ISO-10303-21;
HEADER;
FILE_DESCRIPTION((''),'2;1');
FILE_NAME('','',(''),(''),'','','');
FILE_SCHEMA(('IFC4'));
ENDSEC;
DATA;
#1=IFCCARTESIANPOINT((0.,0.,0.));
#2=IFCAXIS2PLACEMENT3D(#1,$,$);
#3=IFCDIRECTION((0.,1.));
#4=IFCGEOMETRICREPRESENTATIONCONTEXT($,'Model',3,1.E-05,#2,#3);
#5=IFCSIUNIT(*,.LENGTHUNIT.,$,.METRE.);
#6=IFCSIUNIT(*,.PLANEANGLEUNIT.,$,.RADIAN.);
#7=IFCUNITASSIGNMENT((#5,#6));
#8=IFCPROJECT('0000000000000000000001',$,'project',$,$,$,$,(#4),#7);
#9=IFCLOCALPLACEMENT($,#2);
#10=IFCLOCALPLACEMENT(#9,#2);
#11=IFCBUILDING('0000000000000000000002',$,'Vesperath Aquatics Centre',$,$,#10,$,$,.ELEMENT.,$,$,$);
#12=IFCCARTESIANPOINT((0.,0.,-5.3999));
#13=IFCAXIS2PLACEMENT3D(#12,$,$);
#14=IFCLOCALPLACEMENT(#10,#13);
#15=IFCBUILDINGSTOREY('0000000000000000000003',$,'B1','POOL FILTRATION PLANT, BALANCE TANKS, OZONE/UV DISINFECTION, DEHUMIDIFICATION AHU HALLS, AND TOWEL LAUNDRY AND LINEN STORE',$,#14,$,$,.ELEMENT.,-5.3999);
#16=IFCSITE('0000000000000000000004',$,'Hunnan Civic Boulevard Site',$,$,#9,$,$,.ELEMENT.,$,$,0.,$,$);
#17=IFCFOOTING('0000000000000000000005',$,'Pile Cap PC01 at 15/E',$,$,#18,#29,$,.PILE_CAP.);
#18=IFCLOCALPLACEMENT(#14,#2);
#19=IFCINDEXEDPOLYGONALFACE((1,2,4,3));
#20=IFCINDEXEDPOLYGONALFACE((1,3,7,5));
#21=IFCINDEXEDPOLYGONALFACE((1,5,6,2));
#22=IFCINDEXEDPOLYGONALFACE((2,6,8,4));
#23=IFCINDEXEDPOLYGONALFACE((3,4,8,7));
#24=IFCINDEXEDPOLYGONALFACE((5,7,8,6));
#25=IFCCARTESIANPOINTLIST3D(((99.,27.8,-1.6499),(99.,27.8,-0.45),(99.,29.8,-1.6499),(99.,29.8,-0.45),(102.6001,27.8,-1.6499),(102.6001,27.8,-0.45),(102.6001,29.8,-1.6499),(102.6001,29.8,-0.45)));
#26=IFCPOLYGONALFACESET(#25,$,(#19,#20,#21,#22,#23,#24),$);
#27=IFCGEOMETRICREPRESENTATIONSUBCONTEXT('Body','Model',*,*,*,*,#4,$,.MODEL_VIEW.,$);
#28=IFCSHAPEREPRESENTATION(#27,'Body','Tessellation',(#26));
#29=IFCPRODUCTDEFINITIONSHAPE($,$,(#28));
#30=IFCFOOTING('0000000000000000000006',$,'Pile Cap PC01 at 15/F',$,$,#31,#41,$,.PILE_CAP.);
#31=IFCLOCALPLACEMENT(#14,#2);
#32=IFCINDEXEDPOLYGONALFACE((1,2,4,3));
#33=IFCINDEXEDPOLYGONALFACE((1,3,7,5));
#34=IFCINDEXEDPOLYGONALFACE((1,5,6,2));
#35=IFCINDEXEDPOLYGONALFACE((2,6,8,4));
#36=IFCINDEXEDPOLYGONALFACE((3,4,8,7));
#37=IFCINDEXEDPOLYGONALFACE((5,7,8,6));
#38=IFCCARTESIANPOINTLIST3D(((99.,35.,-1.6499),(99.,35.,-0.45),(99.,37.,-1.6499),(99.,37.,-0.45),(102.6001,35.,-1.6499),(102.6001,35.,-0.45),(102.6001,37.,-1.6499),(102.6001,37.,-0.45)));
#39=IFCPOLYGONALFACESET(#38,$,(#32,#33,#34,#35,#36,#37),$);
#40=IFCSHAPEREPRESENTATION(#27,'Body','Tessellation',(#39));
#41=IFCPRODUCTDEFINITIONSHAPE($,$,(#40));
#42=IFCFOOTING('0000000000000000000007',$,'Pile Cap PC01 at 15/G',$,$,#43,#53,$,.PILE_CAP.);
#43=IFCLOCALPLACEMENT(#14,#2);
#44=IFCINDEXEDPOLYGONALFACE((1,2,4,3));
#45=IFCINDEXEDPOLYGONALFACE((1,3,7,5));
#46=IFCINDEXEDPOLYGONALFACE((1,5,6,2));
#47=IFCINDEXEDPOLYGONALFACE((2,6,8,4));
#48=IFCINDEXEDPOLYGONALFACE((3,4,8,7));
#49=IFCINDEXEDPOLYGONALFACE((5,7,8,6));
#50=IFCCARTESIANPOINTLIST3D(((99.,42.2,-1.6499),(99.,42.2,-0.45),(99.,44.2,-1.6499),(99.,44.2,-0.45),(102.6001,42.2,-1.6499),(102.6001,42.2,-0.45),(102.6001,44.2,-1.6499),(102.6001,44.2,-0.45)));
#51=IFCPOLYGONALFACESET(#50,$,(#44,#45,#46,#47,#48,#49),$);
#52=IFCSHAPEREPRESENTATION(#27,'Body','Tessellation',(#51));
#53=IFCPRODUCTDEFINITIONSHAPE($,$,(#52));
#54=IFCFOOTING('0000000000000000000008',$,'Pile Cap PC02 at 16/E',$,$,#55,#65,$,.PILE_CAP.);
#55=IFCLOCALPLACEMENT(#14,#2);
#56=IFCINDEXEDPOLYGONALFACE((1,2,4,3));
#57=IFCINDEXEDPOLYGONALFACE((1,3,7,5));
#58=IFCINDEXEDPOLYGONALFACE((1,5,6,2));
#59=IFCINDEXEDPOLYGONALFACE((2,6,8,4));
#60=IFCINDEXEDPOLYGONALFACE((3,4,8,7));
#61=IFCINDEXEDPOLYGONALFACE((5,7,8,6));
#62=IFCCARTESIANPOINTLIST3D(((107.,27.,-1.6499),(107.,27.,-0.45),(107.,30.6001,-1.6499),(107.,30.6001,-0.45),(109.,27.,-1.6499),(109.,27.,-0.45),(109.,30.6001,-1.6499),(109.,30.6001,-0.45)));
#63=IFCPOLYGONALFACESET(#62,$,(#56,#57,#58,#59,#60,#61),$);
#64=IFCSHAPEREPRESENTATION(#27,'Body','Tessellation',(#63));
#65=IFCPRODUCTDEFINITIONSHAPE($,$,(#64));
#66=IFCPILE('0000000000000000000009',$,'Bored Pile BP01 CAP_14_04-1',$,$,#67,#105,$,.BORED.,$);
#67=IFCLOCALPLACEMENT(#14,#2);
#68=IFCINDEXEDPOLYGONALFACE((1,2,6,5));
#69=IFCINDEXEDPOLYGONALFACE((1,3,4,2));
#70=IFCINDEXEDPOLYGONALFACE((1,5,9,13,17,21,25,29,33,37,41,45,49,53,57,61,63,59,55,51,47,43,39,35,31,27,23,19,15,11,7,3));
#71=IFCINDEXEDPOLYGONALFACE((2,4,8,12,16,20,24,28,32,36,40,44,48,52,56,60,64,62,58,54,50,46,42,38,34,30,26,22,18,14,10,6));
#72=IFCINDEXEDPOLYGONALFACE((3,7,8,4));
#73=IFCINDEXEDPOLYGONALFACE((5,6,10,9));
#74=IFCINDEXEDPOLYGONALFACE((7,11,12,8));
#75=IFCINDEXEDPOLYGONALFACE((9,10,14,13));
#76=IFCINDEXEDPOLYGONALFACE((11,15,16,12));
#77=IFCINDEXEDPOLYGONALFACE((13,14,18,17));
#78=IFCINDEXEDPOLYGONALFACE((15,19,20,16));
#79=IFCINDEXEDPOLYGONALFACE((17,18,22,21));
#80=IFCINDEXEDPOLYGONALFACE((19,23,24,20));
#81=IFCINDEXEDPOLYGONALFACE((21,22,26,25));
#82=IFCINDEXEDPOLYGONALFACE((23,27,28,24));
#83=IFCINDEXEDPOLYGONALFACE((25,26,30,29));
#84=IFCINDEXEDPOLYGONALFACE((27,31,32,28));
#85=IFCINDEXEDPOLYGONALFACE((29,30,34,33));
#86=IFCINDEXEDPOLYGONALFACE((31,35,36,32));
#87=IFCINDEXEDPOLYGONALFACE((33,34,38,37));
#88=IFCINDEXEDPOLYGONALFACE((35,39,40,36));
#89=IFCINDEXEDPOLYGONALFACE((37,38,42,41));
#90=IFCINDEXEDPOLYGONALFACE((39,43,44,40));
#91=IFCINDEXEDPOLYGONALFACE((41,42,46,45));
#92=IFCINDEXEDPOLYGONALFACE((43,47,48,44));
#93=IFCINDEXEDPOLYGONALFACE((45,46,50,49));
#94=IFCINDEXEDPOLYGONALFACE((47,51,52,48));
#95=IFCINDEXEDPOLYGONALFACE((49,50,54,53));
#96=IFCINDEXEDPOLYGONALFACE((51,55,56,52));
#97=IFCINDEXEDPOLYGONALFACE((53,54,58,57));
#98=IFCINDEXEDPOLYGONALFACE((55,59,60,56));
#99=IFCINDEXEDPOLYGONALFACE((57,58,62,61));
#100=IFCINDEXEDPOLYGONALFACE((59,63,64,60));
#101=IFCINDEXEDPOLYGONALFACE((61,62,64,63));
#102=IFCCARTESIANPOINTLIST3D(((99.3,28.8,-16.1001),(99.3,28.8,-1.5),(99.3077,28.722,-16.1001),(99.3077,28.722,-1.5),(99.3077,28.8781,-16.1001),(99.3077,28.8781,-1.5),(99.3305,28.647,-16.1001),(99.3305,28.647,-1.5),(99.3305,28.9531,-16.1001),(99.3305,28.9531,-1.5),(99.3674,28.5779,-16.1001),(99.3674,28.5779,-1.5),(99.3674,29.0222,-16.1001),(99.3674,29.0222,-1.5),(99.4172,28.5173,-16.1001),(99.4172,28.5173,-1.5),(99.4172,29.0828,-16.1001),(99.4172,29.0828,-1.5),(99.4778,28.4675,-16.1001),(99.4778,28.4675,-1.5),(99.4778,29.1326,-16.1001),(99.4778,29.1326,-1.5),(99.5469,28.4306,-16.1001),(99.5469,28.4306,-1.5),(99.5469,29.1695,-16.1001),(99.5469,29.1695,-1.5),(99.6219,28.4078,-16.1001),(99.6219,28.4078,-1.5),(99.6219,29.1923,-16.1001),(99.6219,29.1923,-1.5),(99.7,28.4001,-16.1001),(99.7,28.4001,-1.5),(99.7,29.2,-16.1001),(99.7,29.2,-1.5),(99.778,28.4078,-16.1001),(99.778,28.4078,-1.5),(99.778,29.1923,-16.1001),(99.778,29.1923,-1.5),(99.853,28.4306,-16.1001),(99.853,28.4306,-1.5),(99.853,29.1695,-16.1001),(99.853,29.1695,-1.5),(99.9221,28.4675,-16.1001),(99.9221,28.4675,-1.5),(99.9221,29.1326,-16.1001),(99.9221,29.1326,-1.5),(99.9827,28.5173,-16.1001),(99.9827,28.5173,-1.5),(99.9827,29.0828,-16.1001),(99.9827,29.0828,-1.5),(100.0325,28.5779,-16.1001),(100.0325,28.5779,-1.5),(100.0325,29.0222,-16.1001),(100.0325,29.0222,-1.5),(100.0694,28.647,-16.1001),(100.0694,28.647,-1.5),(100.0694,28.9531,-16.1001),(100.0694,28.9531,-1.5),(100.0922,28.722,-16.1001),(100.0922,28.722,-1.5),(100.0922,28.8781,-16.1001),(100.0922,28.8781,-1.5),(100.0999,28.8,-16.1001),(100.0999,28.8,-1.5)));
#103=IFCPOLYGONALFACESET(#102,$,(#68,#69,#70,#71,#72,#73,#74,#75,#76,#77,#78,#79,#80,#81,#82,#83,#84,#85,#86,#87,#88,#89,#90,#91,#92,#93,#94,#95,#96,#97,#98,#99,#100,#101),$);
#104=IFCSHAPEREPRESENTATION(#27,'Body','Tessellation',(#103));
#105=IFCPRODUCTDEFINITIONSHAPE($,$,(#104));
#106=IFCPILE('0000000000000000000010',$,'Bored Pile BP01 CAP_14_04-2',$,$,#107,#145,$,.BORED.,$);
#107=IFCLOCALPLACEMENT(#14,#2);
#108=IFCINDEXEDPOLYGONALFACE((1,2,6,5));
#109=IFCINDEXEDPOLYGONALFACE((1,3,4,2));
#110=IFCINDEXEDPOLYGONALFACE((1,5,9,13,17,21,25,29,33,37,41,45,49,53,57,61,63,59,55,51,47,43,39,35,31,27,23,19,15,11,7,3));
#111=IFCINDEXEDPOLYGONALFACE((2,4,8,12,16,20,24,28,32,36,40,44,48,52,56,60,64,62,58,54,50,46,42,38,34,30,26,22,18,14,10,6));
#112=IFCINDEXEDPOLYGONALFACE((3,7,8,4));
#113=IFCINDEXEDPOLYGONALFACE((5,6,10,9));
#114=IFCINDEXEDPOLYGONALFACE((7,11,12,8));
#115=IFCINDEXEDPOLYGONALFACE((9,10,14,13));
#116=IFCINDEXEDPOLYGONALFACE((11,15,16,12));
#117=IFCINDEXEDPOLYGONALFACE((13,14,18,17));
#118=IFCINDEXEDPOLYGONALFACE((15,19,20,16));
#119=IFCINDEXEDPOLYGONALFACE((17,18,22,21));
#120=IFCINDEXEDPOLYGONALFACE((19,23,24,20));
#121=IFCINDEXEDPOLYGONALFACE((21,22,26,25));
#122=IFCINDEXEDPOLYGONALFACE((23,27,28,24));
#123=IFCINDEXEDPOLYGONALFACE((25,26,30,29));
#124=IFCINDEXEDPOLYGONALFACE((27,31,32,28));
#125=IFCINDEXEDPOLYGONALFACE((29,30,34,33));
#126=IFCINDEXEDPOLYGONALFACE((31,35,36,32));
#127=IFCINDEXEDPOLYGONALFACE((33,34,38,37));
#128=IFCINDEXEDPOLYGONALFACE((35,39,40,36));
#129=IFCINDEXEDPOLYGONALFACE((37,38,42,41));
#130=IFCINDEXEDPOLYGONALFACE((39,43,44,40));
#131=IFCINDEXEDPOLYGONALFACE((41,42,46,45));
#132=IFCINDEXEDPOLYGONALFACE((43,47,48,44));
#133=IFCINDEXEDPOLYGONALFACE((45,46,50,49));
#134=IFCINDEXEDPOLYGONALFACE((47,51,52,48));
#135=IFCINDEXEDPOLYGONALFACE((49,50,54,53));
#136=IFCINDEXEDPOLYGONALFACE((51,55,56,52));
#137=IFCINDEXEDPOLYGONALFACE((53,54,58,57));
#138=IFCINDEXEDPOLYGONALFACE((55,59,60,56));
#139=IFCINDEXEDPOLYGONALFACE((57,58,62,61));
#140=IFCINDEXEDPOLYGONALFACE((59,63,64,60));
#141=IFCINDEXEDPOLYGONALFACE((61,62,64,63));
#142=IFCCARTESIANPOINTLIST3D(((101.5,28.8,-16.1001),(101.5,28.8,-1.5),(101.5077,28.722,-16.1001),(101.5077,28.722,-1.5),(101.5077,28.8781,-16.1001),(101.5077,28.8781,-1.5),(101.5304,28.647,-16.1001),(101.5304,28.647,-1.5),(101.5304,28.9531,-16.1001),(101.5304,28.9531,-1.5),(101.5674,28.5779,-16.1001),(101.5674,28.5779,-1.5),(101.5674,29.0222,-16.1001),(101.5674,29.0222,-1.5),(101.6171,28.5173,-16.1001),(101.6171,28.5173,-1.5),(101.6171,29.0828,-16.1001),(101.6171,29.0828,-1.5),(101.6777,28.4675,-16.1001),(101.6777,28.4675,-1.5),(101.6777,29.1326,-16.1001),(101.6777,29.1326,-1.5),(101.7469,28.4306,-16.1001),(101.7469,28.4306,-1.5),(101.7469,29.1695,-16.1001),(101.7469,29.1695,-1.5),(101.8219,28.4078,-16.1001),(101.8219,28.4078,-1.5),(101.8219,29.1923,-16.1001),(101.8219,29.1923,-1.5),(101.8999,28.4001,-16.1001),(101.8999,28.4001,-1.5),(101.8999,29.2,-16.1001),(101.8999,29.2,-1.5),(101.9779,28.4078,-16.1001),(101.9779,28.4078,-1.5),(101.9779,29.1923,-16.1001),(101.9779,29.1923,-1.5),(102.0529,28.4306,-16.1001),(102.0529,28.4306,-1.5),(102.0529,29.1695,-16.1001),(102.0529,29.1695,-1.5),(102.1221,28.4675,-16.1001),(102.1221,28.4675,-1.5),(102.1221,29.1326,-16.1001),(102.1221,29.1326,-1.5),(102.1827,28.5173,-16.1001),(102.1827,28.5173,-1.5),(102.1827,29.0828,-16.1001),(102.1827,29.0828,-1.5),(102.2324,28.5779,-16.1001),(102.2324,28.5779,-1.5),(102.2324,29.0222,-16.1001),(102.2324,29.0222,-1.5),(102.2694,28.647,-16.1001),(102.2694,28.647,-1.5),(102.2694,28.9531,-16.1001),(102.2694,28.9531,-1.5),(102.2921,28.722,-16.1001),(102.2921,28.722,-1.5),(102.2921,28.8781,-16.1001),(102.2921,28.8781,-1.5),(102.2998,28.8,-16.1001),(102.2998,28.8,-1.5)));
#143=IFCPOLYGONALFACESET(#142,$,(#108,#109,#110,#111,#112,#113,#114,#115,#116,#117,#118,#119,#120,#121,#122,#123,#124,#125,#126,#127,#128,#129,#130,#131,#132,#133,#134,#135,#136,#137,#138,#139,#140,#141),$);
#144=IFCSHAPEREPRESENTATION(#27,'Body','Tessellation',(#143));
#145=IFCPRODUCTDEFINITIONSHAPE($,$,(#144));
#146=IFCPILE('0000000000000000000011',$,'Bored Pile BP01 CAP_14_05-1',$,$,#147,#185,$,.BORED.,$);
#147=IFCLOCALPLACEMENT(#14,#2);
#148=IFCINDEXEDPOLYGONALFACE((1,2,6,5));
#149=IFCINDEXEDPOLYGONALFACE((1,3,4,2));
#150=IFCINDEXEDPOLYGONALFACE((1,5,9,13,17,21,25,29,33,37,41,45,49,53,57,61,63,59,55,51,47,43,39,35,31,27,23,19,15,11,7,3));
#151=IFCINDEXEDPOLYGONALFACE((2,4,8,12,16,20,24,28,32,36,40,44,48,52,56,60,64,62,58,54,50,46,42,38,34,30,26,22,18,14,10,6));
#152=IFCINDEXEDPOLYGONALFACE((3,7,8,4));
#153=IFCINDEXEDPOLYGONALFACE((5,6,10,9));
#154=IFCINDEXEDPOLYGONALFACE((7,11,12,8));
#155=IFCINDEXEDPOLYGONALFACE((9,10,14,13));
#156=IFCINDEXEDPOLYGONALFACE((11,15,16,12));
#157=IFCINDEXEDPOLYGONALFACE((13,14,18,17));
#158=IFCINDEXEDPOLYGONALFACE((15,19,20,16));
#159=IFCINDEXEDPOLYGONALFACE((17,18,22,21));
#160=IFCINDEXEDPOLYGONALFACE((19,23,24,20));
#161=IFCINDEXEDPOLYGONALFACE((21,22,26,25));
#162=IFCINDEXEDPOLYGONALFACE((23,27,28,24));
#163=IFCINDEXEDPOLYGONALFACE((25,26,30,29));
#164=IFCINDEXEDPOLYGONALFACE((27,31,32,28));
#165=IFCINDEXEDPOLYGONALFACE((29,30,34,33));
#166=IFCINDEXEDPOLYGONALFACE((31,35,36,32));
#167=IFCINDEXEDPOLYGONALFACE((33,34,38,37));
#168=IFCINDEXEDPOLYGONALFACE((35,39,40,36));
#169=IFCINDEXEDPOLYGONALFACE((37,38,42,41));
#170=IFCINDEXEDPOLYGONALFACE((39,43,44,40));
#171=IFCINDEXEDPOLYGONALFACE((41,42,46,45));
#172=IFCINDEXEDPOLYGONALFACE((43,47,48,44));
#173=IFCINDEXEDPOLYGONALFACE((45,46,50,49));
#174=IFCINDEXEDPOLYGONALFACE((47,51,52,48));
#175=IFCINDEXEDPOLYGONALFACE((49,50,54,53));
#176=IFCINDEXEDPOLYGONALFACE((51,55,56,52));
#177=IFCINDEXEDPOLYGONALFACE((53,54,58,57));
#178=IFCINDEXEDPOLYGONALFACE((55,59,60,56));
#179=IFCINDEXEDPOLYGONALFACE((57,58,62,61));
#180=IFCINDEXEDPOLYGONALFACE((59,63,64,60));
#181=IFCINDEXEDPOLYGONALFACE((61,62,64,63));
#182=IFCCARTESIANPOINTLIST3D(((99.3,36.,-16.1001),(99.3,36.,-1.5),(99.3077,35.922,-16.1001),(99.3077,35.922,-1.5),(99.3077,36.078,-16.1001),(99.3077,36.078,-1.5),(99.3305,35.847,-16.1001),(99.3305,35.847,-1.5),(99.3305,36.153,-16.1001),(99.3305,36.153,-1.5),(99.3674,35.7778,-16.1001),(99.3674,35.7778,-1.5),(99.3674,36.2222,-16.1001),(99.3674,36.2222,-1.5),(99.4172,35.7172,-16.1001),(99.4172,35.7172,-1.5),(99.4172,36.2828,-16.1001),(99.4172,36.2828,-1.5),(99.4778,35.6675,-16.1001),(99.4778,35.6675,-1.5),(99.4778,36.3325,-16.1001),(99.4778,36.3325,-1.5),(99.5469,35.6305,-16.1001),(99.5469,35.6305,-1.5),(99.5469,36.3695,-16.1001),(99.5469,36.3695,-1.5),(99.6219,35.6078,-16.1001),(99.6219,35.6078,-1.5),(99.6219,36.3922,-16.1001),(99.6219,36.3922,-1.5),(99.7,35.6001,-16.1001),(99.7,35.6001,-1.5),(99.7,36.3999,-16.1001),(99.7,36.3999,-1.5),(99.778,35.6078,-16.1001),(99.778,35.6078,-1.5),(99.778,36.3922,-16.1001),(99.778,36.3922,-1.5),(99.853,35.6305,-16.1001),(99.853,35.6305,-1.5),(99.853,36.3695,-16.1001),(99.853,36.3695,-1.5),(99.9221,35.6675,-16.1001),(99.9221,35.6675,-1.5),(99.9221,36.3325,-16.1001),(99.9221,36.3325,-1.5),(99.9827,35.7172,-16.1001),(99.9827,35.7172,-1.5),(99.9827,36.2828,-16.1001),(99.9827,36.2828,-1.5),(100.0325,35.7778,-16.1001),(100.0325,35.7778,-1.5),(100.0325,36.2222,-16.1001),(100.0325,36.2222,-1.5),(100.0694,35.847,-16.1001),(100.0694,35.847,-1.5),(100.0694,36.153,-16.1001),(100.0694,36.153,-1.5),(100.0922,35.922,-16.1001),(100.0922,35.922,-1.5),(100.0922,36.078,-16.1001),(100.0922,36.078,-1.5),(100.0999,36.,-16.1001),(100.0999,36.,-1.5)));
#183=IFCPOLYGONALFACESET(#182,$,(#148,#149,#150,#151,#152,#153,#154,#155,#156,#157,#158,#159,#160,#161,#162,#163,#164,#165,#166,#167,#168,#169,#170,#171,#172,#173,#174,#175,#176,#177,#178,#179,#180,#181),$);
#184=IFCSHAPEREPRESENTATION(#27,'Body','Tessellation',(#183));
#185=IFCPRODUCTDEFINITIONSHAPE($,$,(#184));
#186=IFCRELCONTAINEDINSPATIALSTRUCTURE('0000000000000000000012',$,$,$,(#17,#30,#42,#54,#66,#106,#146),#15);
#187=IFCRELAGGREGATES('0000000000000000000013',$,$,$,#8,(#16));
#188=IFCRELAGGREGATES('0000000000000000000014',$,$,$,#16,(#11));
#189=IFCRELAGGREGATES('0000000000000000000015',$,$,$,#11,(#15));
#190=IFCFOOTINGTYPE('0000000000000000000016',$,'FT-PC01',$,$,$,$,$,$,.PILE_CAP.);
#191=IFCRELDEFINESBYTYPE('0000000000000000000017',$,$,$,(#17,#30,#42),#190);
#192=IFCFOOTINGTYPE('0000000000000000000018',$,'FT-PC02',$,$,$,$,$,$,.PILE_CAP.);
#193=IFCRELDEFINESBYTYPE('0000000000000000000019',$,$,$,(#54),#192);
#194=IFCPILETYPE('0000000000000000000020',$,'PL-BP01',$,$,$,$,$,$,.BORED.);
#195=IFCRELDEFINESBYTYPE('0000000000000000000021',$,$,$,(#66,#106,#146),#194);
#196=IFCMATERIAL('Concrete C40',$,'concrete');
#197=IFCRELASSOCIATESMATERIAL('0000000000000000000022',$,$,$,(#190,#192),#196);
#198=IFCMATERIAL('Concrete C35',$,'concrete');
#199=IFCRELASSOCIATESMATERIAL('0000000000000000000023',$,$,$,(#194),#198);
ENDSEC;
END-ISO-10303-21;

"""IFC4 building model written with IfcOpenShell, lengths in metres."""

from ifc_helpers import new_model, si_unit, direction, frame, origin, origin_2d, place, context, subcontext, project, spatial, rectangle, circle, extrude, material, material_profile, profile_set, type_object, element, save


model = new_model("IFC4")

# Units and contexts
model_context = context("Model", 3, precision=1e-05, world=origin(), true_north=direction((0.0, 1.0)))
body_context = subcontext(model_context, "Body", "Model", "MODEL_VIEW")
ifc_project = project(units=[si_unit("LENGTHUNIT", "METRE"), si_unit("PLANEANGLEUNIT", "RADIAN")], contexts=[model_context])

# Site, building, storey
site_placement = place(None, origin())
site = spatial("IfcSite", under=ifc_project, at=site_placement, Name="Hunnan Civic Boulevard Site", CompositionType="ELEMENT", RefElevation=0.0)
building_placement = place(site_placement, origin())
building = spatial("IfcBuilding", under=site, at=building_placement, Name="Vesperath Aquatics Centre", CompositionType="ELEMENT")
storey_placement = place(building_placement, frame((0.0, 0.0, -5.3999)))
storey = spatial("IfcBuildingStorey", under=building, at=storey_placement, Name="B1", Description="POOL FILTRATION PLANT, BALANCE TANKS, OZONE/UV DISINFECTION, DEHUMIDIFICATION AHU HALLS, AND TOWEL LAUNDRY AND LINEN STORE", CompositionType="ELEMENT", Elevation=-5.3999)

# Footings
ifc_material_1 = material(Name="Concrete C40", Category="concrete")
footing_type_1 = type_object("IfcFootingType", Name="FT-PC01", PredefinedType="PILE_CAP", material=ifc_material_1)
for number, where, z_axis, x_axis, name in (
    (1, (100.8, 28.8, -1.6499), (0.0, 0.0, 1.0), (1.0, 0.0, 0.0), "Pile Cap PC01 at 15/E"),
    (2, (100.8, 36.0, -1.6499), (0.0, 0.0, 1.0), (1.0, 0.0, 0.0), "Pile Cap PC01 at 15/F"),
    (3, (100.8, 43.2, -1.6499), (0.0, 0.0, 1.0), (1.0, 0.0, 0.0), "Pile Cap PC01 at 15/G"),
):
    element("IfcFooting", number, at=place(storey_placement, frame(where, z_axis=z_axis, x_axis=x_axis)), inside=storey, type_object=footing_type_1, Name=name, PredefinedType="PILE_CAP", context=body_context, shape_type="SweptSolid", body=[
        extrude(rectangle(XDim=3.6001, YDim=2.0, at=origin_2d()), origin(), (0.0, 0.0, 1.0), 1.2),
    ])
footing_type_2 = type_object("IfcFootingType", Name="FT-PC02", PredefinedType="PILE_CAP", material=ifc_material_1)
footing_placement = place(storey_placement, frame((108.0, 28.8, -1.6499), z_axis=(0.0, 0.0, 1.0), x_axis=(1.0, 0.0, 0.0)))
element("IfcFooting", 4, at=footing_placement, inside=storey, type_object=footing_type_2, Name="Pile Cap PC02 at 16/E", PredefinedType="PILE_CAP", context=body_context, shape_type="SweptSolid", body=[
    extrude(rectangle(XDim=2.0, YDim=3.6001, at=origin_2d()), origin(), (0.0, 0.0, 1.0), 1.2),
])

# Piles
ifc_material_2 = material(Name="Concrete C35", Category="concrete")
ifc_material_profile_1 = material_profile(ifc_material_2, circle(Radius=0.3999, at=origin_2d()), Name="PILE D800")
ifc_profile_set_1 = profile_set([ifc_material_profile_1], Name="Concrete C35")
pile_type = type_object("IfcPileType", Name="PL-BP01", PredefinedType="BORED", material=ifc_profile_set_1)
for number, where, z_axis, x_axis, name in (
    (5, (99.7, 28.8, -1.5), (0.0, 0.0, -1.0), (1.0, 0.0, 0.0), "Bored Pile BP01 CAP_14_04-1"),
    (6, (101.8999, 28.8, -1.5), (0.0, 0.0, -1.0), (1.0, 0.0, 0.0), "Bored Pile BP01 CAP_14_04-2"),
    (7, (99.7, 36.0, -1.5), (0.0, 0.0, -1.0), (1.0, 0.0, 0.0), "Bored Pile BP01 CAP_14_05-1"),
):
    element("IfcPile", number, at=place(storey_placement, frame(where, z_axis=z_axis, x_axis=x_axis)), inside=storey, type_object=pile_type, Name=name, PredefinedType="BORED", context=body_context, shape_type="SweptSolid", body=[
        extrude(circle(Radius=0.3999, at=origin_2d()), origin(), (0.0, 0.0, 1.0), 14.6001),
    ])

save(model, "model.ifc")
